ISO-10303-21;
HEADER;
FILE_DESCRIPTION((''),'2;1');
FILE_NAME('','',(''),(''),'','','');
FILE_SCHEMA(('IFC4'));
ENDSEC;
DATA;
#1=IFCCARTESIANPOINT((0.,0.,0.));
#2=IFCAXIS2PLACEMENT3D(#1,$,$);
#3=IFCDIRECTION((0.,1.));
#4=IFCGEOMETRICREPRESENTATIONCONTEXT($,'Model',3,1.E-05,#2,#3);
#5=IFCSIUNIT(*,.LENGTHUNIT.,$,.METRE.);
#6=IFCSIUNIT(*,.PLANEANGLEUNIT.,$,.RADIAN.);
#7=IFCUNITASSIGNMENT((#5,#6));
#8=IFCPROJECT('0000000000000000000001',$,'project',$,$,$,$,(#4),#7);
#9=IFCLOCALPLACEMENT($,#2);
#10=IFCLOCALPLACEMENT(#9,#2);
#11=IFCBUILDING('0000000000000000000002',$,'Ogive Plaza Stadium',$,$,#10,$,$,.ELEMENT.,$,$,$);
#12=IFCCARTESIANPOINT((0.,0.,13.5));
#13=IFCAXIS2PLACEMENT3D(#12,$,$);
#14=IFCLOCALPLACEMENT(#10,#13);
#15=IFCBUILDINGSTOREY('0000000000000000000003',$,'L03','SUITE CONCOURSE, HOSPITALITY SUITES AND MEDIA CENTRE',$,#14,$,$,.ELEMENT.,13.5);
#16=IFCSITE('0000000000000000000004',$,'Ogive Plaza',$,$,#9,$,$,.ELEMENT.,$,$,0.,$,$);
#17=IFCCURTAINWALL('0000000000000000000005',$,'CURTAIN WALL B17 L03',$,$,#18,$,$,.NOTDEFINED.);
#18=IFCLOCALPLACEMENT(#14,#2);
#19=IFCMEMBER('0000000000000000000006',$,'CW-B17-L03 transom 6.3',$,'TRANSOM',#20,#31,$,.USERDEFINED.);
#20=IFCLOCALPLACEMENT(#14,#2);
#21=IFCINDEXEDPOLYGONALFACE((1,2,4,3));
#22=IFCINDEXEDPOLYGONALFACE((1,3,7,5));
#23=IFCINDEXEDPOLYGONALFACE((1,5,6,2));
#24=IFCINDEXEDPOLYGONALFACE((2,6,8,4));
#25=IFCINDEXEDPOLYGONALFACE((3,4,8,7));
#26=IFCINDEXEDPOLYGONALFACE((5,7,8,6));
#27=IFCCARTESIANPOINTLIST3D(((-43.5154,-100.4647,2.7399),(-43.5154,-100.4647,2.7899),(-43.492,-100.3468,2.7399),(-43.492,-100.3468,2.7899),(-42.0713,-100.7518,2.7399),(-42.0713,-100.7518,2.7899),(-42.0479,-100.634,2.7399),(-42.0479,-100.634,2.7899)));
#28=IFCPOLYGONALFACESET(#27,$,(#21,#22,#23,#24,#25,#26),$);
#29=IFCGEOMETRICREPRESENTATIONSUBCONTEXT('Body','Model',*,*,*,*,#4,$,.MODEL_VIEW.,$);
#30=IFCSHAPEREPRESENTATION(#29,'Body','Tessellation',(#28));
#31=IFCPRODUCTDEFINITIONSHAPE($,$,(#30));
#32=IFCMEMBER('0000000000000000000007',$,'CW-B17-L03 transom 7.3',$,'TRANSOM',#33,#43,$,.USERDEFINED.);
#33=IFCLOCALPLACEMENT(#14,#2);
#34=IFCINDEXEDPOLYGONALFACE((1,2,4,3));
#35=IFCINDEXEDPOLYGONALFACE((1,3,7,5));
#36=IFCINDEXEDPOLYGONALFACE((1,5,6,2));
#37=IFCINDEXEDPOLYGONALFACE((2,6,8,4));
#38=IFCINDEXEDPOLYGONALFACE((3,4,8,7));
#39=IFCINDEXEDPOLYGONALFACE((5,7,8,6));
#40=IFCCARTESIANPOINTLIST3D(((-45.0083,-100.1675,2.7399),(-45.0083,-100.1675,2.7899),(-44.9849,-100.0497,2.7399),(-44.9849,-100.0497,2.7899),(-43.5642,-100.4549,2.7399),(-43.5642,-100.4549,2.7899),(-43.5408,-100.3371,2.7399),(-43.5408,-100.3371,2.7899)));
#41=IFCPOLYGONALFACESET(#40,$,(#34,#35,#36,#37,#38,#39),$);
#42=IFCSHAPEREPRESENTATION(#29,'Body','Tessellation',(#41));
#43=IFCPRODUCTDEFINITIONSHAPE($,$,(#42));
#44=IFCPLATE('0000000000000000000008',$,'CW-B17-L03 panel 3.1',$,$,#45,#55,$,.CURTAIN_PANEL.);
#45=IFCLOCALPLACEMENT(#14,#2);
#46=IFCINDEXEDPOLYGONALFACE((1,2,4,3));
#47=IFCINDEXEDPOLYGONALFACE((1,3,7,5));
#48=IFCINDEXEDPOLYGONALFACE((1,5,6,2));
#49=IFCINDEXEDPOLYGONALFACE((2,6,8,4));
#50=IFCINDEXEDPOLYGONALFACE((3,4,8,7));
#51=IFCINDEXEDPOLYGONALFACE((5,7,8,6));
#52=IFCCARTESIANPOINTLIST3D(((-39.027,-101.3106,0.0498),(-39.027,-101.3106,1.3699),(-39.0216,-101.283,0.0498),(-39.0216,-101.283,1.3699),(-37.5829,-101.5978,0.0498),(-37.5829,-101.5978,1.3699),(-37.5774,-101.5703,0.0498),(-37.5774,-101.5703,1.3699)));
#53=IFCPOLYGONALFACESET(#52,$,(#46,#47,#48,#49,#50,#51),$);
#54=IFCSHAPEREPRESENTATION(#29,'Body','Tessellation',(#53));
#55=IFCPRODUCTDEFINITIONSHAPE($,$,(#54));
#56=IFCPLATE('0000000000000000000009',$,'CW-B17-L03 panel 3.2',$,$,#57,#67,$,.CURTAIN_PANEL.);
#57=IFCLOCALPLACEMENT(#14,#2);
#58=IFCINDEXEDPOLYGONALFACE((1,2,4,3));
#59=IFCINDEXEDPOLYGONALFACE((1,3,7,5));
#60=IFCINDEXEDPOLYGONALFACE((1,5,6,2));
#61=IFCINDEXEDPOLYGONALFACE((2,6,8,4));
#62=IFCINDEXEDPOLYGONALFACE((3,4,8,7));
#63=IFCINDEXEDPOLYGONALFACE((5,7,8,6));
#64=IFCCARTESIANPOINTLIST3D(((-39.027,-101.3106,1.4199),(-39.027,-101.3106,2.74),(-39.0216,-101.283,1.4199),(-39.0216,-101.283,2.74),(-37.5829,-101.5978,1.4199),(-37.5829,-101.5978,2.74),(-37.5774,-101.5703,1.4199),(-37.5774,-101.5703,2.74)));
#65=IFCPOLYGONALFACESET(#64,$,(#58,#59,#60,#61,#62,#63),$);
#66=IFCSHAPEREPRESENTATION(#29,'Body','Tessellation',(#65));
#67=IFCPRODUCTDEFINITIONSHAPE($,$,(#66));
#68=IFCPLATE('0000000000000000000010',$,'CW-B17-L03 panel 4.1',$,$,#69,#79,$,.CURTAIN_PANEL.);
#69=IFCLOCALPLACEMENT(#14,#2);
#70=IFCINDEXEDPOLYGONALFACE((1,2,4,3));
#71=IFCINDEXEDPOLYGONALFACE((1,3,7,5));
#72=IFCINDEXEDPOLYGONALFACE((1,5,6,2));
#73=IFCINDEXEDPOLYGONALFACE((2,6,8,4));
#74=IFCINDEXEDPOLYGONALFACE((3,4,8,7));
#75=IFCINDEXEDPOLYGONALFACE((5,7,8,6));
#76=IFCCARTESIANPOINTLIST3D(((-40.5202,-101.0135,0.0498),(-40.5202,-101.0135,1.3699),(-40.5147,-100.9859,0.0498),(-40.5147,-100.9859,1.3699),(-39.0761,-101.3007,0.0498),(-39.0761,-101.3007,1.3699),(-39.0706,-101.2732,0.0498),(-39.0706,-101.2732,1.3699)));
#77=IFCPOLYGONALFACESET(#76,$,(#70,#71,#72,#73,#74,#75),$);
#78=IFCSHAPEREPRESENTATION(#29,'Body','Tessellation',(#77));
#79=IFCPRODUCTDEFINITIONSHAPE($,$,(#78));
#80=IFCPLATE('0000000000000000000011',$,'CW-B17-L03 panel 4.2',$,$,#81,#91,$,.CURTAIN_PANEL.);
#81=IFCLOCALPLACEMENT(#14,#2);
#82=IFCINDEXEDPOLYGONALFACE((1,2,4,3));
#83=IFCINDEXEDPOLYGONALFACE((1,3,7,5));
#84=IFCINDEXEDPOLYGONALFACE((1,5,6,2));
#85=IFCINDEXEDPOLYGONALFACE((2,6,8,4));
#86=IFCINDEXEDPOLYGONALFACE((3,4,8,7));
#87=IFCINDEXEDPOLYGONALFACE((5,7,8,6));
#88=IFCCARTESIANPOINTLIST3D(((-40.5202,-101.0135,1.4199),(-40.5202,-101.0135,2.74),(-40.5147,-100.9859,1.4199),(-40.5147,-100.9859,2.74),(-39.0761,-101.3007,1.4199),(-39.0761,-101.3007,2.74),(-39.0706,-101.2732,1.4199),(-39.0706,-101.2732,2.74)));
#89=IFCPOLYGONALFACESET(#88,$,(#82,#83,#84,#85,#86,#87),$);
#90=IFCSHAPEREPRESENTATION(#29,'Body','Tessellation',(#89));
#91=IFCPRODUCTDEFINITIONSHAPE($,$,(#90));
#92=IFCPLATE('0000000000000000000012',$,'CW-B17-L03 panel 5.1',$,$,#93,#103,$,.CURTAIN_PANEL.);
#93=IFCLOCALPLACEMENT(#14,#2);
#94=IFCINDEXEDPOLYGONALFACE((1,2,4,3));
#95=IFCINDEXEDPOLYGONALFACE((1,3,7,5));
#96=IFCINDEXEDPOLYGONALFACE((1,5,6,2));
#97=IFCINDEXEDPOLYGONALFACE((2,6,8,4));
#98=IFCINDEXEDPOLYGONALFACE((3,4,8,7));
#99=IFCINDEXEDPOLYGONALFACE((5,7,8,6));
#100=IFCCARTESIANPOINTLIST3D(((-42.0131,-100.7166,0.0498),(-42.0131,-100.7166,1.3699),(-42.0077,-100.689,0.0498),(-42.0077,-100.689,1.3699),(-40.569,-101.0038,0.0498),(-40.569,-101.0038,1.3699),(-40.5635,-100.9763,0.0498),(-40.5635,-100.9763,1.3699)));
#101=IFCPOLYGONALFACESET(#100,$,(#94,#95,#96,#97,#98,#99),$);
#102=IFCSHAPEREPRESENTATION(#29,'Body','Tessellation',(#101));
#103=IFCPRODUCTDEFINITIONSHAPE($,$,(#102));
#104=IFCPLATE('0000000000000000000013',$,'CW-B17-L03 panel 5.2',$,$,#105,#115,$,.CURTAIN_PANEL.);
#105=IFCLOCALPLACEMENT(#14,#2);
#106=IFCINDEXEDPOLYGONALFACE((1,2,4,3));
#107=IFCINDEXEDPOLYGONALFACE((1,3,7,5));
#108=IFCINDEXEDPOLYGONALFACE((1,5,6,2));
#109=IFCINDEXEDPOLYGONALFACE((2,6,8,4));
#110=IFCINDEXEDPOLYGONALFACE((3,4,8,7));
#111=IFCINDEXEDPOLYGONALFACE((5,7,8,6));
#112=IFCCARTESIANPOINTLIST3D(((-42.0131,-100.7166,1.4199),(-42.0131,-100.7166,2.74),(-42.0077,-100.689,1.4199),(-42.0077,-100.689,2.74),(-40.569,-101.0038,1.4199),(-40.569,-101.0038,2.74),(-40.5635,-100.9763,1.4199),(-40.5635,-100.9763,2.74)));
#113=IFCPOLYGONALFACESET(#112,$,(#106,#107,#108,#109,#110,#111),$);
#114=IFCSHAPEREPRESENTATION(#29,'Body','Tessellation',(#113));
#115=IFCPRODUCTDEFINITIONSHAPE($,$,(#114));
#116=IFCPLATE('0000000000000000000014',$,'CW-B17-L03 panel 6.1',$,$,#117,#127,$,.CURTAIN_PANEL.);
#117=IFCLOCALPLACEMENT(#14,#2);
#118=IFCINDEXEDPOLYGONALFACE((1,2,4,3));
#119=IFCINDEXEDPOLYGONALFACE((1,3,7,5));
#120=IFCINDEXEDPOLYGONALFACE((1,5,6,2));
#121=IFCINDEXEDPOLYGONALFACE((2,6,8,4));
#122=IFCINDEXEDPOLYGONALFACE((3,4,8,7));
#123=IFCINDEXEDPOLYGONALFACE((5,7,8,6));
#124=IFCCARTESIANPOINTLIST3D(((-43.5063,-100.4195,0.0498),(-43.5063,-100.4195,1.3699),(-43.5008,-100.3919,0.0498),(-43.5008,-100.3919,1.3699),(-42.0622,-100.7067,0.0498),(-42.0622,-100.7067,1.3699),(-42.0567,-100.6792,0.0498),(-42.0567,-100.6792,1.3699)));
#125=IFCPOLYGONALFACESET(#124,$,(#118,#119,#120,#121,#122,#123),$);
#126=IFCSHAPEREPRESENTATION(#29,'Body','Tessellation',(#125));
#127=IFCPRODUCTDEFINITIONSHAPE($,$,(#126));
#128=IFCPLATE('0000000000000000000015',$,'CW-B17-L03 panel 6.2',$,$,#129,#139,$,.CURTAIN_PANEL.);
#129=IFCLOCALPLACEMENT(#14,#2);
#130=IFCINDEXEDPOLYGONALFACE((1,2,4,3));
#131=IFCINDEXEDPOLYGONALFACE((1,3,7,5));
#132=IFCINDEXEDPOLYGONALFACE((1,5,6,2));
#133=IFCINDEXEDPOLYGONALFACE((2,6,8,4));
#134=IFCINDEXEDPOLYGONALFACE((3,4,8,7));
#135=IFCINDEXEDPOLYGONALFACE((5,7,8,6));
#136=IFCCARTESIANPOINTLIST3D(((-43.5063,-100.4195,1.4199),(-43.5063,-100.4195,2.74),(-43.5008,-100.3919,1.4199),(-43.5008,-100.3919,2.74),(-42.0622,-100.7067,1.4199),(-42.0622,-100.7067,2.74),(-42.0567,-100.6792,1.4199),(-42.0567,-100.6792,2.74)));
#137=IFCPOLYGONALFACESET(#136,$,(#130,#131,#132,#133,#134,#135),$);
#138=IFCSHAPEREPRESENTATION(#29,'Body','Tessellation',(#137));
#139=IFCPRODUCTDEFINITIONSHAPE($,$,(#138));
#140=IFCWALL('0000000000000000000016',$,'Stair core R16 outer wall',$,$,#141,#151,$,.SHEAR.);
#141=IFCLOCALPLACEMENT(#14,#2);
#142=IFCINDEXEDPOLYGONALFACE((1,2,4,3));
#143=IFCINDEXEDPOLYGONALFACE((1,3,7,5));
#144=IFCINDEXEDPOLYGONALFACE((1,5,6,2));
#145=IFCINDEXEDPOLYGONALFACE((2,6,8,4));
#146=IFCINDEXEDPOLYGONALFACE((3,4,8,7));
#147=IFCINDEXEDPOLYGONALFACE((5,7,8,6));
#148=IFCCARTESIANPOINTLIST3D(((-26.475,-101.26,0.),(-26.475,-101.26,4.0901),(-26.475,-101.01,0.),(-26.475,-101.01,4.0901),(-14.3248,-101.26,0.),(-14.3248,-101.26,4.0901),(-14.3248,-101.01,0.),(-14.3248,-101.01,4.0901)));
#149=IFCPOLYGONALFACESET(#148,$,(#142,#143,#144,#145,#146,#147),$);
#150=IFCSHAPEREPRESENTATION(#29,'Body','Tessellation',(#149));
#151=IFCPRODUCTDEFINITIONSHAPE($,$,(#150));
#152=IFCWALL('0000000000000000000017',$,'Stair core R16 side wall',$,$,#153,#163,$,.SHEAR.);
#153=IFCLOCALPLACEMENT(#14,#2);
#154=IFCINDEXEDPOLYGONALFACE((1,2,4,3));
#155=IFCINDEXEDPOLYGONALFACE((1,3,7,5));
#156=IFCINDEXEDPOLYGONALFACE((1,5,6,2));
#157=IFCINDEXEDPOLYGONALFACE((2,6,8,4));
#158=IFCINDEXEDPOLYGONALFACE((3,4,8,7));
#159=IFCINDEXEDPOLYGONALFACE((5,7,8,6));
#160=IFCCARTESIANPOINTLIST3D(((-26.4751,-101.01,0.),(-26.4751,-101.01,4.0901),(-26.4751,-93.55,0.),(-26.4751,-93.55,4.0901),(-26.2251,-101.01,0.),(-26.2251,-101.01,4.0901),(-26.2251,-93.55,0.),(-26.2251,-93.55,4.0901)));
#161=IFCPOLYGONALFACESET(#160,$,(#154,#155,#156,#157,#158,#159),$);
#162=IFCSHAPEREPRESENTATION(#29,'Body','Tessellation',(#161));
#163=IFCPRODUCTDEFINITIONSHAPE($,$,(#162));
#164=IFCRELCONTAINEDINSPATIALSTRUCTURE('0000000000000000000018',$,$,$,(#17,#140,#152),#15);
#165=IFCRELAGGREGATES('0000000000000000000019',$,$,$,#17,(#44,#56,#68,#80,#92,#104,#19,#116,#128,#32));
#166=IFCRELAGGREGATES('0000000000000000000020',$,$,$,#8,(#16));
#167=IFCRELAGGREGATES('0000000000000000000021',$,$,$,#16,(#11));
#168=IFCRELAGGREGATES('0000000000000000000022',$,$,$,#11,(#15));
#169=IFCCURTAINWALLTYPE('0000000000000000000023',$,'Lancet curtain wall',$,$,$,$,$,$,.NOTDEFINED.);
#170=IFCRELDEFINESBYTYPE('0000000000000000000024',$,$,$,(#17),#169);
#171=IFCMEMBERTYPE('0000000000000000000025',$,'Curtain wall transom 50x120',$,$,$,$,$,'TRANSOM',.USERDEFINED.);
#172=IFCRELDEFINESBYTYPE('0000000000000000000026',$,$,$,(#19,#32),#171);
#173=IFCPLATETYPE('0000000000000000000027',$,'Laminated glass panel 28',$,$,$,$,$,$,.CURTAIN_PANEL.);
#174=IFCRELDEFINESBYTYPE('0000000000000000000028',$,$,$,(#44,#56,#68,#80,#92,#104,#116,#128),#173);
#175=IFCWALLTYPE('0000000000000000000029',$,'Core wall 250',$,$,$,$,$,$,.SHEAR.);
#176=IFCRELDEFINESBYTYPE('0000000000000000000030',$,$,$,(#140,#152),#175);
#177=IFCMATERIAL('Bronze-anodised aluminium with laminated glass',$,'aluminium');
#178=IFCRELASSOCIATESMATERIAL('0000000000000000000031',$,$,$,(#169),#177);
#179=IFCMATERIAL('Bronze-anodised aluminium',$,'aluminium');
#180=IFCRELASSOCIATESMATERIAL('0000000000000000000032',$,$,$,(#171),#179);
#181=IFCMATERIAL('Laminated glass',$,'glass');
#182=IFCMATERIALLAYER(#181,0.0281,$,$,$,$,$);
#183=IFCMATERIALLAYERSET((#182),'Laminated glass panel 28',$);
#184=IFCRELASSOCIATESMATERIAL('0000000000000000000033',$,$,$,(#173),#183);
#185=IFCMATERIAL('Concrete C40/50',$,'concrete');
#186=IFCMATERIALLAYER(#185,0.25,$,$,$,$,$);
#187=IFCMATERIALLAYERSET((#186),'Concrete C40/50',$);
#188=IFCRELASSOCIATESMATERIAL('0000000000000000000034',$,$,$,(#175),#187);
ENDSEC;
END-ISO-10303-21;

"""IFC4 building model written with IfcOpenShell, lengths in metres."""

from ifc_helpers import new_model, si_unit, direction, frame, frame_2d, origin, origin_2d, place, context, subcontext, project, spatial, rectangle, extrude, material, layer, layer_set, material_profile, profile_set, type_object, element, aggregate, save


model = new_model("IFC4")

# Units and contexts
model_context = context("Model", 3, precision=1e-05, world=origin(), true_north=direction((0.0, 1.0)))
body_context = subcontext(model_context, "Body", "Model", "MODEL_VIEW")
ifc_project = project(units=[si_unit("LENGTHUNIT", "METRE"), si_unit("PLANEANGLEUNIT", "RADIAN")], contexts=[model_context])

# Site, building, storey
site_placement = place(None, origin())
site = spatial("IfcSite", under=ifc_project, at=site_placement, Name="Ogive Plaza", CompositionType="ELEMENT", RefElevation=0.0)
building_placement = place(site_placement, origin())
building = spatial("IfcBuilding", under=site, at=building_placement, Name="Ogive Plaza Stadium", CompositionType="ELEMENT")
storey_placement = place(building_placement, frame((0.0, 0.0, 13.5)))
storey = spatial("IfcBuildingStorey", under=building, at=storey_placement, Name="L03", Description="SUITE CONCOURSE, HOSPITALITY SUITES AND MEDIA CENTRE", CompositionType="ELEMENT", Elevation=13.5)

# Curtain wall, members, plates
ifc_material_1 = material(Name="Bronze-anodised aluminium with laminated glass", Category="aluminium")
curtain_wall_type = type_object("IfcCurtainWallType", Name="Lancet curtain wall", PredefinedType="NOTDEFINED", material=ifc_material_1)
curtain_wall_placement = place(storey_placement, origin())
curtain_wall = element("IfcCurtainWall", 1, at=curtain_wall_placement, inside=storey, type_object=curtain_wall_type, Name="CURTAIN WALL B17 L03", PredefinedType="NOTDEFINED")
ifc_material_2 = material(Name="Bronze-anodised aluminium", Category="aluminium")
ifc_material_profile_1 = material_profile(ifc_material_2, rectangle(XDim=0.1201, YDim=0.05, at=origin_2d()), Name="AL 120x50")
ifc_profile_set_1 = profile_set([ifc_material_profile_1], Name="Bronze-anodised aluminium")
member_type_1 = type_object("IfcMemberType", Name="Curtain wall transom 50x120", ElementType="TRANSOM", PredefinedType="USERDEFINED", material=ifc_profile_set_1)
member_1_placement = place(storey_placement, frame((-42.0596, -100.6929, 2.7649), z_axis=(-0.980803, 0.195, 0.0), x_axis=(-0.195, -0.980803, 0.0)))
member_1 = element("IfcMember", 2, at=member_1_placement, type_object=member_type_1, Name="CW-B17-L03 transom 6.3", ObjectType="TRANSOM", PredefinedType="USERDEFINED", context=body_context, shape_type="SweptSolid", body=[
    extrude(rectangle(XDim=0.1201, YDim=0.05, at=origin_2d()), origin(), (0.0, 0.0, 1.0), 1.4724),
])
member_2_placement = place(storey_placement, frame((-43.5525, -100.396, 2.7649), z_axis=(-0.980772, 0.195159, 0.0), x_axis=(-0.195159, -0.980772, 0.0)))
member_2 = element("IfcMember", 3, at=member_2_placement, type_object=member_type_1, Name="CW-B17-L03 transom 7.3", ObjectType="TRANSOM", PredefinedType="USERDEFINED", context=body_context, shape_type="SweptSolid", body=[
    extrude(rectangle(XDim=0.1201, YDim=0.05, at=origin_2d()), origin(), (0.0, 0.0, 1.0), 1.4724),
])
ifc_material_3 = material(Name="Laminated glass", Category="glass")
ifc_layer_1 = layer(ifc_material_3, 0.0281)
ifc_layer_set_1 = layer_set([ifc_layer_1], Name="Laminated glass panel 28")
plate_type = type_object("IfcPlateType", Name="Laminated glass panel 28", PredefinedType="CURTAIN_PANEL", material=ifc_layer_set_1)
plate_1_placement = place(storey_placement, frame((-38.3022, -101.4404, 0.0498), z_axis=(0.0, 0.0, 1.0), x_axis=(-0.980785, 0.19509, 0.0)))
plate_1 = element("IfcPlate", 4, at=plate_1_placement, type_object=plate_type, Name="CW-B17-L03 panel 3.1", PredefinedType="CURTAIN_PANEL", context=body_context, shape_type="SweptSolid", body=[
    extrude(rectangle(XDim=1.4724, YDim=0.0281, at=origin_2d()), origin(), (0.0, 0.0, 1.0), 1.3201),
])
plate_2_placement = place(storey_placement, frame((-38.3022, -101.4404, 1.4199), z_axis=(0.0, 0.0, 1.0), x_axis=(-0.980785, 0.19509, 0.0)))
plate_2 = element("IfcPlate", 5, at=plate_2_placement, type_object=plate_type, Name="CW-B17-L03 panel 3.2", PredefinedType="CURTAIN_PANEL", context=body_context, shape_type="SweptSolid", body=[
    extrude(rectangle(XDim=1.4724, YDim=0.0281, at=origin_2d()), origin(), (0.0, 0.0, 1.0), 1.3201),
])
plate_3_placement = place(storey_placement, frame((-39.7954, -101.1433, 0.0498), z_axis=(0.0, 0.0, 1.0), x_axis=(-0.980785, 0.19509, 0.0)))
plate_3 = element("IfcPlate", 6, at=plate_3_placement, type_object=plate_type, Name="CW-B17-L03 panel 4.1", PredefinedType="CURTAIN_PANEL", context=body_context, shape_type="SweptSolid", body=[
    extrude(rectangle(XDim=1.4724, YDim=0.0281, at=origin_2d()), origin(), (0.0, 0.0, 1.0), 1.3201),
])
plate_4_placement = place(storey_placement, frame((-39.7954, -101.1433, 1.4199), z_axis=(0.0, 0.0, 1.0), x_axis=(-0.980785, 0.19509, 0.0)))
plate_4 = element("IfcPlate", 7, at=plate_4_placement, type_object=plate_type, Name="CW-B17-L03 panel 4.2", PredefinedType="CURTAIN_PANEL", context=body_context, shape_type="SweptSolid", body=[
    extrude(rectangle(XDim=1.4724, YDim=0.0281, at=origin_2d()), origin(), (0.0, 0.0, 1.0), 1.3201),
])
plate_5_placement = place(storey_placement, frame((-41.2883, -100.8464, 0.0498), z_axis=(0.0, 0.0, 1.0), x_axis=(-0.980785, 0.19509, 0.0)))
plate_5 = element("IfcPlate", 8, at=plate_5_placement, type_object=plate_type, Name="CW-B17-L03 panel 5.1", PredefinedType="CURTAIN_PANEL", context=body_context, shape_type="SweptSolid", body=[
    extrude(rectangle(XDim=1.4724, YDim=0.0281, at=origin_2d()), origin(), (0.0, 0.0, 1.0), 1.3201),
])
plate_6_placement = place(storey_placement, frame((-41.2883, -100.8464, 1.4199), z_axis=(0.0, 0.0, 1.0), x_axis=(-0.980785, 0.19509, 0.0)))
plate_6 = element("IfcPlate", 9, at=plate_6_placement, type_object=plate_type, Name="CW-B17-L03 panel 5.2", PredefinedType="CURTAIN_PANEL", context=body_context, shape_type="SweptSolid", body=[
    extrude(rectangle(XDim=1.4724, YDim=0.0281, at=origin_2d()), origin(), (0.0, 0.0, 1.0), 1.3201),
])
plate_7_placement = place(storey_placement, frame((-42.7815, -100.5493, 0.0498), z_axis=(0.0, 0.0, 1.0), x_axis=(-0.980785, 0.19509, 0.0)))
plate_7 = element("IfcPlate", 10, at=plate_7_placement, type_object=plate_type, Name="CW-B17-L03 panel 6.1", PredefinedType="CURTAIN_PANEL", context=body_context, shape_type="SweptSolid", body=[
    extrude(rectangle(XDim=1.4724, YDim=0.0281, at=origin_2d()), origin(), (0.0, 0.0, 1.0), 1.3201),
])
plate_8_placement = place(storey_placement, frame((-42.7815, -100.5493, 1.4199), z_axis=(0.0, 0.0, 1.0), x_axis=(-0.980785, 0.19509, 0.0)))
plate_8 = element("IfcPlate", 11, at=plate_8_placement, type_object=plate_type, Name="CW-B17-L03 panel 6.2", PredefinedType="CURTAIN_PANEL", context=body_context, shape_type="SweptSolid", body=[
    extrude(rectangle(XDim=1.4724, YDim=0.0281, at=origin_2d()), origin(), (0.0, 0.0, 1.0), 1.3201),
])
aggregate(curtain_wall, [plate_1, plate_2, plate_3, plate_4, plate_5, plate_6, member_1, plate_7, plate_8, member_2])

# Walls
ifc_material_4 = material(Name="Concrete C40/50", Category="concrete")
ifc_layer_2 = layer(ifc_material_4, 0.25)
ifc_layer_set_2 = layer_set([ifc_layer_2], Name="Concrete C40/50")
wall_type = type_object("IfcWallType", Name="Core wall 250", PredefinedType="SHEAR", material=ifc_layer_set_2)
wall_1_placement = place(storey_placement, frame((-26.4751, -101.135, 0.0), z_axis=(0.0, 0.0, 1.0), x_axis=(1.0, 0.0, 0.0)))
element("IfcWall", 12, at=wall_1_placement, inside=storey, type_object=wall_type, Name="Stair core R16 outer wall", PredefinedType="SHEAR", context=body_context, shape_type="SweptSolid", body=[
    extrude(rectangle(XDim=12.1501, YDim=0.25, at=frame_2d((6.0752, 0.0))), origin(), (0.0, 0.0, 1.0), 4.0901),
])
wall_2_placement = place(storey_placement, frame((-26.3501, -93.55, 0.0), z_axis=(0.0, 0.0, 1.0), x_axis=(0.0, -1.0, 0.0)))
element("IfcWall", 13, at=wall_2_placement, inside=storey, type_object=wall_type, Name="Stair core R16 side wall", PredefinedType="SHEAR", context=body_context, shape_type="SweptSolid", body=[
    extrude(rectangle(XDim=7.46, YDim=0.25, at=frame_2d((3.73, 0.0))), origin(), (0.0, 0.0, 1.0), 4.0901),
])

save(model, "model.ifc")
